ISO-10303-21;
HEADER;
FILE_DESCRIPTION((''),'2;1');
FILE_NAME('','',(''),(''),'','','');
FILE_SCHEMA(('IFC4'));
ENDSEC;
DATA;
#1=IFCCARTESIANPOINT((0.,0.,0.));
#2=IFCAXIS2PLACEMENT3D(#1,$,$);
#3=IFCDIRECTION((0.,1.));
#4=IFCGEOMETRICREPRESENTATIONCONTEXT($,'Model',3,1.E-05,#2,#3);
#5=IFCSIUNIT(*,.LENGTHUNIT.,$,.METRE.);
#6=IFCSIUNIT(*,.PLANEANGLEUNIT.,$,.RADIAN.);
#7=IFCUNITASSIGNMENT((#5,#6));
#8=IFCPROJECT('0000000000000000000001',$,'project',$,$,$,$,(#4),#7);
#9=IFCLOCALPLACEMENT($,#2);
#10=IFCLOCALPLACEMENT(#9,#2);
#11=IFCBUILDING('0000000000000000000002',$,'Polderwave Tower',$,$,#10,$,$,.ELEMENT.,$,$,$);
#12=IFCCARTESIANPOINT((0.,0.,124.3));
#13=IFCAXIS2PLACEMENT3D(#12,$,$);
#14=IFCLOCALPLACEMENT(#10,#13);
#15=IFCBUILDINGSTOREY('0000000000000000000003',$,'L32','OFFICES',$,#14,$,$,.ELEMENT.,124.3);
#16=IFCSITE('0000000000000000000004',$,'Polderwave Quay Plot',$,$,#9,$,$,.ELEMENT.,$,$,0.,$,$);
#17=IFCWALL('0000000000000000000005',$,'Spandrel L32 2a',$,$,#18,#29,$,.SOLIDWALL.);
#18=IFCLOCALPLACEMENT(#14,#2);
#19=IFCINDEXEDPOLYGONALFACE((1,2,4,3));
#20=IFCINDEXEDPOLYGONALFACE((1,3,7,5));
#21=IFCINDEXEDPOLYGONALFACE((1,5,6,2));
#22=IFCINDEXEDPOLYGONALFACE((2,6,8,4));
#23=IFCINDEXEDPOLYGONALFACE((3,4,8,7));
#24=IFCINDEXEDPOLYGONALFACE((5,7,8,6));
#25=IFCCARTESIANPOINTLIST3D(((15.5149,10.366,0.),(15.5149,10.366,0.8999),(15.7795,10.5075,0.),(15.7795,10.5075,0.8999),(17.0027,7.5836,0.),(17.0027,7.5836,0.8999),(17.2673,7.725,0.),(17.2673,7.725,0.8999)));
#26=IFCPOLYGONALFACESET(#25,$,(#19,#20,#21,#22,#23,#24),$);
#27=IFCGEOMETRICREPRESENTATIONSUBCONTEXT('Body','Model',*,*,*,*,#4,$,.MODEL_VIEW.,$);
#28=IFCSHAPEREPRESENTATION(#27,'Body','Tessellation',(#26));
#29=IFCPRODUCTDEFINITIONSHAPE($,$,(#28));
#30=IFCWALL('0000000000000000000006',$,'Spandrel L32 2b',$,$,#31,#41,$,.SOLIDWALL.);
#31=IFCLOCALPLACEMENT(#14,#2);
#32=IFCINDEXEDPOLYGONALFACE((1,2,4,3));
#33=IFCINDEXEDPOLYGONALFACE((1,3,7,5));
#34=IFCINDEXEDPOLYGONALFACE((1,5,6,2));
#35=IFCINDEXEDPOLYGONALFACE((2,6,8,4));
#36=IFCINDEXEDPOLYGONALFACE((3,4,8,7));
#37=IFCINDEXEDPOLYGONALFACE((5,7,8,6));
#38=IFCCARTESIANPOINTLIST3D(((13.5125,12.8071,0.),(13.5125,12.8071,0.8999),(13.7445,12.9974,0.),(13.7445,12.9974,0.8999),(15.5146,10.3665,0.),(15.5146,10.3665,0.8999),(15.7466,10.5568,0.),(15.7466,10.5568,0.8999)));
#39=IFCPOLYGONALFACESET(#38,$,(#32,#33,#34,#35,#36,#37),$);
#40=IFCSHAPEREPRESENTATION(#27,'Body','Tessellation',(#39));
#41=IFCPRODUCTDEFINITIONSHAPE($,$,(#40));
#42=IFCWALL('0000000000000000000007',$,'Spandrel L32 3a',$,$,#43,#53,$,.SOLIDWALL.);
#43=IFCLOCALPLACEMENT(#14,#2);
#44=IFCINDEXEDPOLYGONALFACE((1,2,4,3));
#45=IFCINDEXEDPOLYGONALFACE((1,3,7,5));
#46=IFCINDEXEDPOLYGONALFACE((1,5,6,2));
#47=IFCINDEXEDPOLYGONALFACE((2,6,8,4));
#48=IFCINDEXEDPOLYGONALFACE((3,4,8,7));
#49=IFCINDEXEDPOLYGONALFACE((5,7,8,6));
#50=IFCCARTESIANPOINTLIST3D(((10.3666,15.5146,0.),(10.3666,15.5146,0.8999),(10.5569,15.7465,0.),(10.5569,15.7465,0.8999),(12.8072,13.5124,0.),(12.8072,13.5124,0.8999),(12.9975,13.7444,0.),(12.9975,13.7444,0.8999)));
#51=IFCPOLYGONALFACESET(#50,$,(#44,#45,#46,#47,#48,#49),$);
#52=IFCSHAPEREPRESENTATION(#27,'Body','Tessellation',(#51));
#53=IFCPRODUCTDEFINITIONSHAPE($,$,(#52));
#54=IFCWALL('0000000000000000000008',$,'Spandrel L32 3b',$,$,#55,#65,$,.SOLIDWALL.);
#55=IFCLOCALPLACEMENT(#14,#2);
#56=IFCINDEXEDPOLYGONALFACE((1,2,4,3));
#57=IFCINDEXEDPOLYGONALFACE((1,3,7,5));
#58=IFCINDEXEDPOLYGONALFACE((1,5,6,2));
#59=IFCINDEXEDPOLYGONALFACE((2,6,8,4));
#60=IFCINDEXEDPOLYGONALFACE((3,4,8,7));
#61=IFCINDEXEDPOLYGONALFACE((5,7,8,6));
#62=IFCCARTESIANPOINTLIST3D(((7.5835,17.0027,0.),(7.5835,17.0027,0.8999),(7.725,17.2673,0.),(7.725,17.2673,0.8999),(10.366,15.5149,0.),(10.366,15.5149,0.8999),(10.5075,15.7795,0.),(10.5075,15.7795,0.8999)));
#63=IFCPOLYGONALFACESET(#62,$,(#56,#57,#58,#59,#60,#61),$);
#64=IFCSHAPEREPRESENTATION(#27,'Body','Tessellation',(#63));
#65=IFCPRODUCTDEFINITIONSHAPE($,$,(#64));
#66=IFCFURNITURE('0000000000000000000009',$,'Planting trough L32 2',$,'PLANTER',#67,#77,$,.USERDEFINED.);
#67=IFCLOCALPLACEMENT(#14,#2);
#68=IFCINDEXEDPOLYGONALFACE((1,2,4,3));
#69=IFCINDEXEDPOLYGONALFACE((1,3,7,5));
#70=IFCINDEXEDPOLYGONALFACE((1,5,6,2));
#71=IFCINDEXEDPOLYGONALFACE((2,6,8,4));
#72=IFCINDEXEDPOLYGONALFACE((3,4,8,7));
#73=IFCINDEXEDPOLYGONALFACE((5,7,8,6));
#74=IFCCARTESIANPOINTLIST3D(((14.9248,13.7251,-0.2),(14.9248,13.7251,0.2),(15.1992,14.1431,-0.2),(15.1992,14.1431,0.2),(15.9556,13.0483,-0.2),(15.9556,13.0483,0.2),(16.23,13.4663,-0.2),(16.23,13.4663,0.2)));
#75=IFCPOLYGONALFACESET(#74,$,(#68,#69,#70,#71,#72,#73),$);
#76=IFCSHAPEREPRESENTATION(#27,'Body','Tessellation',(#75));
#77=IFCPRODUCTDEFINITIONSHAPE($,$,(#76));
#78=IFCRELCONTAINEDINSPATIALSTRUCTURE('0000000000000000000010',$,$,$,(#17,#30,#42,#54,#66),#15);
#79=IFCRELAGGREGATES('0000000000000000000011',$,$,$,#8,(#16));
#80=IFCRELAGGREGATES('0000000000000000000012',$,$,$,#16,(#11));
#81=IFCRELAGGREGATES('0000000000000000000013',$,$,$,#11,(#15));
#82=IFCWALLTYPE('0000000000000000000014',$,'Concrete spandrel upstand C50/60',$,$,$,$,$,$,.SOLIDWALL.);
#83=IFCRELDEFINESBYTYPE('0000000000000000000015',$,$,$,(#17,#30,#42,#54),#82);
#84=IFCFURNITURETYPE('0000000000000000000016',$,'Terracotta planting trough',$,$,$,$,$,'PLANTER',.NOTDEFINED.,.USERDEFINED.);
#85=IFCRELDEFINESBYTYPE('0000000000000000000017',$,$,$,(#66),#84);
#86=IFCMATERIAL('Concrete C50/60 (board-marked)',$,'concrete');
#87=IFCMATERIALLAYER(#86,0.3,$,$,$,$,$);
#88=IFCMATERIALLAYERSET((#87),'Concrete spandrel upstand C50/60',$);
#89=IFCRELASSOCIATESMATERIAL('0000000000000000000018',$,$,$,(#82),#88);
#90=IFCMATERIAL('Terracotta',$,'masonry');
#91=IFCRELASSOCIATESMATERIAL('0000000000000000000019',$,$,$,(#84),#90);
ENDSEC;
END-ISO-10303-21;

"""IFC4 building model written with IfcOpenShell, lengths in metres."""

from ifc_helpers import new_model, si_unit, direction, frame, frame_2d, origin, origin_2d, place, context, subcontext, project, spatial, rectangle, extrude, material, layer, layer_set, type_object, element, save


model = new_model("IFC4")

# Units and contexts
model_context = context("Model", 3, precision=1e-05, world=origin(), true_north=direction((0.0, 1.0)))
body_context = subcontext(model_context, "Body", "Model", "MODEL_VIEW")
ifc_project = project(units=[si_unit("LENGTHUNIT", "METRE"), si_unit("PLANEANGLEUNIT", "RADIAN")], contexts=[model_context])

# Site, building, storey
site_placement = place(None, origin())
site = spatial("IfcSite", under=ifc_project, at=site_placement, Name="Polderwave Quay Plot", CompositionType="ELEMENT", RefElevation=0.0)
building_placement = place(site_placement, origin())
building = spatial("IfcBuilding", under=site, at=building_placement, Name="Polderwave Tower", CompositionType="ELEMENT")
storey_placement = place(building_placement, frame((0.0, 0.0, 124.3)))
storey = spatial("IfcBuildingStorey", under=building, at=storey_placement, Name="L32", Description="OFFICES", CompositionType="ELEMENT", Elevation=124.3)

# Walls
ifc_material_1 = material(Name="Concrete C50/60 (board-marked)", Category="concrete")
ifc_layer_1 = layer(ifc_material_1, 0.3)
ifc_layer_set_1 = layer_set([ifc_layer_1], Name="Concrete spandrel upstand C50/60")
wall_type = type_object("IfcWallType", Name="Concrete spandrel upstand C50/60", PredefinedType="SOLIDWALL", material=ifc_layer_set_1)
wall_1_placement = place(storey_placement, frame((17.135, 7.6543, 0.0), z_axis=(0.0, 0.0, 1.0), x_axis=(-0.471528, 0.881851, 0.0)))
element("IfcWall", 1, at=wall_1_placement, inside=storey, type_object=wall_type, Name="Spandrel L32 2a", PredefinedType="SOLIDWALL", context=body_context, shape_type="SweptSolid", body=[
    extrude(rectangle(XDim=3.1553, YDim=0.3, at=frame_2d((1.5776, 0.0))), origin(), (0.0, 0.0, 1.0), 0.8999),
])
for number, where, z_axis, x_axis, name in (
    (2, (15.6306, 10.4617, 0.0), (0.0, 0.0, 1.0), (-0.63424, 0.773137, 0.0), "Spandrel L32 2b"),
    (3, (12.9023, 13.6284, 0.0), (0.0, 0.0, 1.0), (-0.773137, 0.63424, 0.0), "Spandrel L32 3a"),
):
    element("IfcWall", number, at=place(storey_placement, frame(where, z_axis=z_axis, x_axis=x_axis)), inside=storey, type_object=wall_type, Name=name, PredefinedType="SOLIDWALL", context=body_context, shape_type="SweptSolid", body=[
        extrude(rectangle(XDim=3.1567, YDim=0.3, at=frame_2d((1.5784, 0.0))), origin(), (0.0, 0.0, 1.0), 0.8999),
    ])
wall_2_placement = place(storey_placement, frame((10.4368, 15.6472, 0.0), z_axis=(0.0, 0.0, 1.0), x_axis=(-0.881851, 0.471528, 0.0)))
element("IfcWall", 4, at=wall_2_placement, inside=storey, type_object=wall_type, Name="Spandrel L32 3b", PredefinedType="SOLIDWALL", context=body_context, shape_type="SweptSolid", body=[
    extrude(rectangle(XDim=3.1553, YDim=0.3, at=frame_2d((1.5776, 0.0))), origin(), (0.0, 0.0, 1.0), 0.8999),
])

# Furniture
ifc_material_2 = material(Name="Terracotta", Category="masonry")
furniture_type = type_object("IfcFurnitureType", Name="Terracotta planting trough", ElementType="PLANTER", AssemblyPlace="NOTDEFINED", PredefinedType="USERDEFINED", material=ifc_material_2)
furniture_placement = place(storey_placement, frame((15.5774, 13.5957, -0.2), z_axis=(0.0, 0.0, 1.0), x_axis=(-0.83594, 0.548821, 0.0)))
element("IfcFurniture", 5, at=furniture_placement, inside=storey, type_object=furniture_type, Name="Planting trough L32 2", ObjectType="PLANTER", PredefinedType="USERDEFINED", context=body_context, shape_type="SweptSolid", body=[
    extrude(rectangle(XDim=1.2332, YDim=0.5, at=origin_2d()), origin(), (0.0, 0.0, 1.0), 0.3999),
])

save(model, "model.ifc")
